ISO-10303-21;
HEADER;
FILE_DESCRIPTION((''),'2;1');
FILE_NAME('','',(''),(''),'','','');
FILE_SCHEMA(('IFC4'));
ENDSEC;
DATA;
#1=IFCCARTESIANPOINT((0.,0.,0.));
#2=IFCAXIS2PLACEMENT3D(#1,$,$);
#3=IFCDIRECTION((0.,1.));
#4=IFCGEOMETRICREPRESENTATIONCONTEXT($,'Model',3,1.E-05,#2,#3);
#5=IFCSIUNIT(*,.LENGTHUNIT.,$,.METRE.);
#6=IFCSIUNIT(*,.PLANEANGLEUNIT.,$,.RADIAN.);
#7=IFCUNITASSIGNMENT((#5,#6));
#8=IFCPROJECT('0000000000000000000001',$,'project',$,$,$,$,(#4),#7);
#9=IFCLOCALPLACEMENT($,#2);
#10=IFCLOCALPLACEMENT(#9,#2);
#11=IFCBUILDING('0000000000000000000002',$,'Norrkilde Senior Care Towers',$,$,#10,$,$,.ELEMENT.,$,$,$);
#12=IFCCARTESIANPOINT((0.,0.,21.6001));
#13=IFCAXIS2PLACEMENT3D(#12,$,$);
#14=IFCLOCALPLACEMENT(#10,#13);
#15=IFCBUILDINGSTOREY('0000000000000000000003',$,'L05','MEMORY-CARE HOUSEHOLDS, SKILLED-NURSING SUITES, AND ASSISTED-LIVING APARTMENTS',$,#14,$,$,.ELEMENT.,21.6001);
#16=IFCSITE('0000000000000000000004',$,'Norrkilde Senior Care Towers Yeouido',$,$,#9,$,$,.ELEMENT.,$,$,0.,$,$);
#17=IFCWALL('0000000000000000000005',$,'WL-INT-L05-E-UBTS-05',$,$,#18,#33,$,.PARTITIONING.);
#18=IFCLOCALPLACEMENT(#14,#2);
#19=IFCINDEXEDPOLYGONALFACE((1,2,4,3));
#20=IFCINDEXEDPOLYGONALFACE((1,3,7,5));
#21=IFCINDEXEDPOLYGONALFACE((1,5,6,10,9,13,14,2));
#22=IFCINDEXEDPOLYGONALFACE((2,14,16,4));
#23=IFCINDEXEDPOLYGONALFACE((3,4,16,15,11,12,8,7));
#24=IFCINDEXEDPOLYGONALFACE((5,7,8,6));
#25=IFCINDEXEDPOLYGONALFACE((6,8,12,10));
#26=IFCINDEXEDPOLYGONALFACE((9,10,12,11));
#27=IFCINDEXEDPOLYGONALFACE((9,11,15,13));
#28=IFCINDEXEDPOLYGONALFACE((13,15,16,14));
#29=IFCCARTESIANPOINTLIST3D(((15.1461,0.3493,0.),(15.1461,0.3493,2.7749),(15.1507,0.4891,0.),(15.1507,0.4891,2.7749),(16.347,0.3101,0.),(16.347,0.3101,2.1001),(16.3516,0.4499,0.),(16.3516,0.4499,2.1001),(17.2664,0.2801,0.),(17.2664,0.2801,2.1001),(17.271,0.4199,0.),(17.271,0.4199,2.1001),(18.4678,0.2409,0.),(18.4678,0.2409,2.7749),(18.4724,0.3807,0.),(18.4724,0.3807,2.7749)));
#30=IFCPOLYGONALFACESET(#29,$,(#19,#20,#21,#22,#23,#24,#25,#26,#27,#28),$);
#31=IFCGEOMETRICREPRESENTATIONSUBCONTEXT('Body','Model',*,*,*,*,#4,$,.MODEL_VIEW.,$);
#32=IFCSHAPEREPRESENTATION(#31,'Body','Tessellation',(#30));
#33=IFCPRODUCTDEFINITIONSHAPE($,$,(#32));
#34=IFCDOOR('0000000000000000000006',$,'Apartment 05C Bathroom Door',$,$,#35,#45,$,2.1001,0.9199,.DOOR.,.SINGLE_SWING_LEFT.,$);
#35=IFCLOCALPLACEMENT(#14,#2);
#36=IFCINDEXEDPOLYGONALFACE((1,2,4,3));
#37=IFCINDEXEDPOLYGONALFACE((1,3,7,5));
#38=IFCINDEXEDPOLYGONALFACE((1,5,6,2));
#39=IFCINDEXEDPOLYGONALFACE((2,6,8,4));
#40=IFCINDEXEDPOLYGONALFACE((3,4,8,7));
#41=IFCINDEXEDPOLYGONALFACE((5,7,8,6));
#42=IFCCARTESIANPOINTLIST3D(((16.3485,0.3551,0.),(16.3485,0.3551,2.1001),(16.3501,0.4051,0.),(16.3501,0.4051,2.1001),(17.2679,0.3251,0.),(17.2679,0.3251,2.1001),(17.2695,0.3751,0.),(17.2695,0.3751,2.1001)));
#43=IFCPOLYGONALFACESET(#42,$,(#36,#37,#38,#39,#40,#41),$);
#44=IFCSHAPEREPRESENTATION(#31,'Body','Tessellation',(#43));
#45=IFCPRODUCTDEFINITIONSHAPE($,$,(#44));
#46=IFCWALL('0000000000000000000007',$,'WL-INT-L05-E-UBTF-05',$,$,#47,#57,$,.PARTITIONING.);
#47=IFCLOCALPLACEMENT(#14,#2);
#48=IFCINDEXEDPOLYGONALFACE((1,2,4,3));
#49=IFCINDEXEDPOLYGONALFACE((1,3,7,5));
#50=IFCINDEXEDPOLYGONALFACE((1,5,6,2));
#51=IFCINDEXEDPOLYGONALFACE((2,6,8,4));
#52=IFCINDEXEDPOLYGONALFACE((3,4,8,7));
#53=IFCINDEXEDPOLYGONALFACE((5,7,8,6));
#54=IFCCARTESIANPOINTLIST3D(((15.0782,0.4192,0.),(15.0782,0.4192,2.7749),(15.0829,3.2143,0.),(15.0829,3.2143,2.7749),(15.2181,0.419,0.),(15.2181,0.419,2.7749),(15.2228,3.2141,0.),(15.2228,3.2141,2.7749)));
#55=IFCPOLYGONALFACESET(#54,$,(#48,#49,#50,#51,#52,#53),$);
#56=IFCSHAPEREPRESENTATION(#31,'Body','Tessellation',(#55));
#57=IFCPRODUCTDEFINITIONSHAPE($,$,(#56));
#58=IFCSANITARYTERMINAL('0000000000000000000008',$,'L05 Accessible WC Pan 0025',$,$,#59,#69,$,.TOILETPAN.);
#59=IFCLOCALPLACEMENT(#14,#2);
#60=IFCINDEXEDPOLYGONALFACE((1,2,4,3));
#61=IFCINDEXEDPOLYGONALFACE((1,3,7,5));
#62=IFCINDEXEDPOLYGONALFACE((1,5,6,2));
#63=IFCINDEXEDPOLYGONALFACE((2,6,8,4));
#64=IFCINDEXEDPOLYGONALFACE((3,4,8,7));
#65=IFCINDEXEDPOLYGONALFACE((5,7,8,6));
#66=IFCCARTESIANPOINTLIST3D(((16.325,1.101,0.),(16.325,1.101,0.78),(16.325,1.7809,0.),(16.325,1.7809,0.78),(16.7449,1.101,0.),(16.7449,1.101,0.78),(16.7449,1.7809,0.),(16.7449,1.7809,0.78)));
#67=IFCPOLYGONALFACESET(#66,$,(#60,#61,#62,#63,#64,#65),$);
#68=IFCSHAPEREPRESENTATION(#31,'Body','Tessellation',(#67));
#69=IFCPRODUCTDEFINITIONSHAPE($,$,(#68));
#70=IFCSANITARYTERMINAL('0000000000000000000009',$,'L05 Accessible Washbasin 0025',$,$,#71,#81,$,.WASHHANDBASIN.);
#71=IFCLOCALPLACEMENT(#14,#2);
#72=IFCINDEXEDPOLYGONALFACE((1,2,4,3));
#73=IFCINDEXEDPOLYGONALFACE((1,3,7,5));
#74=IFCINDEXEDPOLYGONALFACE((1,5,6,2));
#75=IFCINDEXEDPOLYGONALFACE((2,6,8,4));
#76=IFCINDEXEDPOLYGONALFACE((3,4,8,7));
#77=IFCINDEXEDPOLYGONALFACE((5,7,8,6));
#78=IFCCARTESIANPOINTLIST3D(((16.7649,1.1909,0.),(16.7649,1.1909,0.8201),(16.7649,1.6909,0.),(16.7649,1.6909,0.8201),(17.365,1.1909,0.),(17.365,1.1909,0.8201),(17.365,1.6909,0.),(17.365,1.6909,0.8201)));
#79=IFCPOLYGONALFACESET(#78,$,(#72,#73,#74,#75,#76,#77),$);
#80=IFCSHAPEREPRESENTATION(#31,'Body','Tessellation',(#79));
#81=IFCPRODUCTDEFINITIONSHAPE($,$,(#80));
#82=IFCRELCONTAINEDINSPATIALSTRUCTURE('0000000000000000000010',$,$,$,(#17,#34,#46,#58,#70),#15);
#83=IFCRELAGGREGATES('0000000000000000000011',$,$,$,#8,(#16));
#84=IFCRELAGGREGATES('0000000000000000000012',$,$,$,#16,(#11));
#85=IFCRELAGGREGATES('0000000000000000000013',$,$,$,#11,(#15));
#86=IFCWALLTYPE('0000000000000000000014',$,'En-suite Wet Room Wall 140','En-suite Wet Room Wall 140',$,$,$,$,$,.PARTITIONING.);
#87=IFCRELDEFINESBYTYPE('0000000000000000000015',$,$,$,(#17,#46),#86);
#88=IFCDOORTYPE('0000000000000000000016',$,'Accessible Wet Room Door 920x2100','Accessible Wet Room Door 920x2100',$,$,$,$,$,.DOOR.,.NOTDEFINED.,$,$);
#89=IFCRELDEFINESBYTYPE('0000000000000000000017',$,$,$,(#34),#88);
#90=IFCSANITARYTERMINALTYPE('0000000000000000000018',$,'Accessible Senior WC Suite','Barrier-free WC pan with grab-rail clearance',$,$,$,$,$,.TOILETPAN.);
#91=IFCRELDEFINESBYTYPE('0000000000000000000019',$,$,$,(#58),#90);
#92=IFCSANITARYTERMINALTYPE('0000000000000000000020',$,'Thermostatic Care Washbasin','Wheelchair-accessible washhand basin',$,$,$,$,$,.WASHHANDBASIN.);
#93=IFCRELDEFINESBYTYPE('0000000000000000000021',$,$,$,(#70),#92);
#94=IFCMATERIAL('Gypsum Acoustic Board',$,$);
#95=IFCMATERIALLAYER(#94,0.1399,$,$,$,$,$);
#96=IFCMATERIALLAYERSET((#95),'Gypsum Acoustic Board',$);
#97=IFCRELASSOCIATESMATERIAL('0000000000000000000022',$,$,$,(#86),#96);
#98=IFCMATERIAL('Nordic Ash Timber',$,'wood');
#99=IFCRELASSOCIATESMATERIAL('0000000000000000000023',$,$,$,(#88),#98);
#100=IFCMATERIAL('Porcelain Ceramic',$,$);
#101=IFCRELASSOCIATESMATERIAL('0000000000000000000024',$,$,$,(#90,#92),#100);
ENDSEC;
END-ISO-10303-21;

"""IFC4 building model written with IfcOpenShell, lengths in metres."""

from ifc_helpers import new_model, si_unit, direction, frame, frame_2d, origin, origin_2d, place, context, subcontext, project, spatial, rectangle, extrude, source, transform, mapped, material, layer, layer_set, type_object, type_shapes, element, fill, save


model = new_model("IFC4")

# Units and contexts
model_context = context("Model", 3, precision=1e-05, world=origin(), true_north=direction((0.0, 1.0)))
body_context = subcontext(model_context, "Body", "Model", "MODEL_VIEW")
ifc_project = project(units=[si_unit("LENGTHUNIT", "METRE"), si_unit("PLANEANGLEUNIT", "RADIAN")], contexts=[model_context])

# Site, building, storey
site_placement = place(None, origin())
site = spatial("IfcSite", under=ifc_project, at=site_placement, Name="Norrkilde Senior Care Towers Yeouido", CompositionType="ELEMENT", RefElevation=0.0)
building_placement = place(site_placement, origin())
building = spatial("IfcBuilding", under=site, at=building_placement, Name="Norrkilde Senior Care Towers", CompositionType="ELEMENT")
storey_placement = place(building_placement, frame((0.0, 0.0, 21.6001)))
storey = spatial("IfcBuildingStorey", under=building, at=storey_placement, Name="L05", Description="MEMORY-CARE HOUSEHOLDS, SKILLED-NURSING SUITES, AND ASSISTED-LIVING APARTMENTS", CompositionType="ELEMENT", Elevation=21.6001)

# Shared definitions
ifc_material_1 = material(Name="Gypsum Acoustic Board")
ifc_material_2 = material(Name="Nordic Ash Timber", Category="wood")

# Shared definitions
ifc_layer_1 = layer(ifc_material_1, 0.1399)
ifc_layer_set_1 = layer_set([ifc_layer_1], Name="Gypsum Acoustic Board")
wall_type_1 = type_object("IfcWallType", Name="En-suite Wet Room Wall 140", Description="En-suite Wet Room Wall 140", PredefinedType="PARTITIONING", material=ifc_layer_set_1)
door_type_1 = type_object("IfcDoorType", Name="Accessible Wet Room Door 920x2100", Description="Accessible Wet Room Door 920x2100", OperationType="NOTDEFINED", PredefinedType="DOOR", material=ifc_material_2)
shared_shape_1 = source(origin(), body_context, "Body", "SweptSolid", [
    extrude(rectangle(XDim=0.9199, YDim=2.1001, at=frame_2d((0.46, 1.05))), frame((0.0, 0.0249, 0.0), z_axis=(0.0, -1.0, 0.0), x_axis=(1.0, 0.0, 0.0)), (0.0, 0.0, 1.0), 0.05),
])
type_shapes(door_type_1, [shared_shape_1])

# Wall, opening, door
shared_shape_2 = source(origin(), body_context, "Body", "SweptSolid", [
    extrude(rectangle(XDim=3.3235, YDim=0.1399, at=frame_2d((1.6616, 0.0))), origin(), (0.0, 0.0, 1.0), 2.7749),
])
wall_1_placement = place(storey_placement, frame((18.47, 0.3108, 0.0), z_axis=(0.0, 0.0, 1.0), x_axis=(-0.999468, 0.032615, 0.0)))
wall_1 = element("IfcWall", 1, at=wall_1_placement, inside=storey, type_object=wall_type_1, Name="WL-INT-L05-E-UBTS-05", PredefinedType="PARTITIONING", context=body_context, shape_type="MappedRepresentation", body=[
    mapped(shared_shape_2, transform((0.0, 0.0, 0.0), x_axis=(1.0, 0.0, 0.0), y_axis=(0.0, 1.0, 0.0), z_axis=(0.0, 0.0, 1.0), scale=1.0)),
])
opening_1_placement = place(wall_1_placement, frame((1.2019, 0.0, 0.0)))
opening_1 = element("IfcOpeningElement", 2, at=opening_1_placement, cuts=wall_1, PredefinedType="OPENING", context=body_context, shape_type="SweptSolid", body=[
    extrude(rectangle(XDim=0.9199, YDim=2.1001, at=frame_2d((0.46, 1.05))), frame((0.0, 0.0798, 0.0), z_axis=(0.0, -1.0, 0.0), x_axis=(1.0, 0.0, 0.0)), (0.0, 0.0, 1.0), 0.1599),
])
door_1_placement = place(opening_1_placement, origin())
door_1 = element("IfcDoor", 3, at=door_1_placement, inside=storey, type_object=door_type_1, Name="Apartment 05C Bathroom Door", OperationType="SINGLE_SWING_LEFT", OverallHeight=2.1001, OverallWidth=0.9199, PredefinedType="DOOR", context=body_context, shape_type="MappedRepresentation", body=[
    mapped(shared_shape_1, transform((0.0, 0.0, 0.0), x_axis=(1.0, 0.0, 0.0), y_axis=(0.0, 1.0, 0.0), z_axis=(0.0, 0.0, 1.0), scale=1.0)),
])
fill(opening_1, door_1)

# Wall
shared_shape_3 = source(origin(), body_context, "Body", "SweptSolid", [
    extrude(rectangle(XDim=2.7952, YDim=0.1399, at=frame_2d((1.3975, 0.0))), origin(), (0.0, 0.0, 1.0), 2.7749),
])
wall_2_placement = place(storey_placement, frame((15.1482, 0.4192, 0.0), z_axis=(0.0, 0.0, 1.0), x_axis=(0.00166, 0.999999, 0.0)))
element("IfcWall", 4, at=wall_2_placement, inside=storey, type_object=wall_type_1, Name="WL-INT-L05-E-UBTF-05", PredefinedType="PARTITIONING", context=body_context, shape_type="MappedRepresentation", body=[
    mapped(shared_shape_3, transform((0.0, 0.0, 0.0), x_axis=(1.0, 0.0, 0.0), y_axis=(0.0, 1.0, 0.0), z_axis=(0.0, 0.0, 1.0), scale=1.0)),
])

# Sanitary terminals
ifc_material_3 = material(Name="Porcelain Ceramic")
sanitary_terminal_type_1 = type_object("IfcSanitaryTerminalType", Name="Accessible Senior WC Suite", Description="Barrier-free WC pan with grab-rail clearance", PredefinedType="TOILETPAN", material=ifc_material_3)
shared_shape_4 = source(origin(), body_context, "Body", "SweptSolid", [
    extrude(rectangle(XDim=0.4199, YDim=0.6799, at=origin_2d()), origin(), (0.0, 0.0, 1.0), 0.78),
])
type_shapes(sanitary_terminal_type_1, [shared_shape_4])
sanitary_terminal_1_placement = place(storey_placement, frame((16.5349, 1.4409, 0.0), z_axis=(0.0, 0.0, 1.0), x_axis=(1.0, 0.0, 0.0)))
element("IfcSanitaryTerminal", 5, at=sanitary_terminal_1_placement, inside=storey, type_object=sanitary_terminal_type_1, Name="L05 Accessible WC Pan 0025", PredefinedType="TOILETPAN", context=body_context, shape_type="MappedRepresentation", body=[
    mapped(shared_shape_4, transform((0.0, 0.0, 0.0), x_axis=(1.0, 0.0, 0.0), y_axis=(0.0, 1.0, 0.0), z_axis=(0.0, 0.0, 1.0), scale=1.0)),
])
sanitary_terminal_type_2 = type_object("IfcSanitaryTerminalType", Name="Thermostatic Care Washbasin", Description="Wheelchair-accessible washhand basin", PredefinedType="WASHHANDBASIN", material=ifc_material_3)
shared_shape_5 = source(origin(), body_context, "Body", "SweptSolid", [
    extrude(rectangle(XDim=0.6001, YDim=0.5, at=origin_2d()), origin(), (0.0, 0.0, 1.0), 0.8201),
])
type_shapes(sanitary_terminal_type_2, [shared_shape_5])
sanitary_terminal_2_placement = place(storey_placement, frame((17.0649, 1.4409, 0.0), z_axis=(0.0, 0.0, 1.0), x_axis=(1.0, 0.0, 0.0)))
element("IfcSanitaryTerminal", 6, at=sanitary_terminal_2_placement, inside=storey, type_object=sanitary_terminal_type_2, Name="L05 Accessible Washbasin 0025", PredefinedType="WASHHANDBASIN", context=body_context, shape_type="MappedRepresentation", body=[
    mapped(shared_shape_5, transform((0.0, 0.0, 0.0), x_axis=(1.0, 0.0, 0.0), y_axis=(0.0, 1.0, 0.0), z_axis=(0.0, 0.0, 1.0), scale=1.0)),
])

save(model, "model.ifc")
